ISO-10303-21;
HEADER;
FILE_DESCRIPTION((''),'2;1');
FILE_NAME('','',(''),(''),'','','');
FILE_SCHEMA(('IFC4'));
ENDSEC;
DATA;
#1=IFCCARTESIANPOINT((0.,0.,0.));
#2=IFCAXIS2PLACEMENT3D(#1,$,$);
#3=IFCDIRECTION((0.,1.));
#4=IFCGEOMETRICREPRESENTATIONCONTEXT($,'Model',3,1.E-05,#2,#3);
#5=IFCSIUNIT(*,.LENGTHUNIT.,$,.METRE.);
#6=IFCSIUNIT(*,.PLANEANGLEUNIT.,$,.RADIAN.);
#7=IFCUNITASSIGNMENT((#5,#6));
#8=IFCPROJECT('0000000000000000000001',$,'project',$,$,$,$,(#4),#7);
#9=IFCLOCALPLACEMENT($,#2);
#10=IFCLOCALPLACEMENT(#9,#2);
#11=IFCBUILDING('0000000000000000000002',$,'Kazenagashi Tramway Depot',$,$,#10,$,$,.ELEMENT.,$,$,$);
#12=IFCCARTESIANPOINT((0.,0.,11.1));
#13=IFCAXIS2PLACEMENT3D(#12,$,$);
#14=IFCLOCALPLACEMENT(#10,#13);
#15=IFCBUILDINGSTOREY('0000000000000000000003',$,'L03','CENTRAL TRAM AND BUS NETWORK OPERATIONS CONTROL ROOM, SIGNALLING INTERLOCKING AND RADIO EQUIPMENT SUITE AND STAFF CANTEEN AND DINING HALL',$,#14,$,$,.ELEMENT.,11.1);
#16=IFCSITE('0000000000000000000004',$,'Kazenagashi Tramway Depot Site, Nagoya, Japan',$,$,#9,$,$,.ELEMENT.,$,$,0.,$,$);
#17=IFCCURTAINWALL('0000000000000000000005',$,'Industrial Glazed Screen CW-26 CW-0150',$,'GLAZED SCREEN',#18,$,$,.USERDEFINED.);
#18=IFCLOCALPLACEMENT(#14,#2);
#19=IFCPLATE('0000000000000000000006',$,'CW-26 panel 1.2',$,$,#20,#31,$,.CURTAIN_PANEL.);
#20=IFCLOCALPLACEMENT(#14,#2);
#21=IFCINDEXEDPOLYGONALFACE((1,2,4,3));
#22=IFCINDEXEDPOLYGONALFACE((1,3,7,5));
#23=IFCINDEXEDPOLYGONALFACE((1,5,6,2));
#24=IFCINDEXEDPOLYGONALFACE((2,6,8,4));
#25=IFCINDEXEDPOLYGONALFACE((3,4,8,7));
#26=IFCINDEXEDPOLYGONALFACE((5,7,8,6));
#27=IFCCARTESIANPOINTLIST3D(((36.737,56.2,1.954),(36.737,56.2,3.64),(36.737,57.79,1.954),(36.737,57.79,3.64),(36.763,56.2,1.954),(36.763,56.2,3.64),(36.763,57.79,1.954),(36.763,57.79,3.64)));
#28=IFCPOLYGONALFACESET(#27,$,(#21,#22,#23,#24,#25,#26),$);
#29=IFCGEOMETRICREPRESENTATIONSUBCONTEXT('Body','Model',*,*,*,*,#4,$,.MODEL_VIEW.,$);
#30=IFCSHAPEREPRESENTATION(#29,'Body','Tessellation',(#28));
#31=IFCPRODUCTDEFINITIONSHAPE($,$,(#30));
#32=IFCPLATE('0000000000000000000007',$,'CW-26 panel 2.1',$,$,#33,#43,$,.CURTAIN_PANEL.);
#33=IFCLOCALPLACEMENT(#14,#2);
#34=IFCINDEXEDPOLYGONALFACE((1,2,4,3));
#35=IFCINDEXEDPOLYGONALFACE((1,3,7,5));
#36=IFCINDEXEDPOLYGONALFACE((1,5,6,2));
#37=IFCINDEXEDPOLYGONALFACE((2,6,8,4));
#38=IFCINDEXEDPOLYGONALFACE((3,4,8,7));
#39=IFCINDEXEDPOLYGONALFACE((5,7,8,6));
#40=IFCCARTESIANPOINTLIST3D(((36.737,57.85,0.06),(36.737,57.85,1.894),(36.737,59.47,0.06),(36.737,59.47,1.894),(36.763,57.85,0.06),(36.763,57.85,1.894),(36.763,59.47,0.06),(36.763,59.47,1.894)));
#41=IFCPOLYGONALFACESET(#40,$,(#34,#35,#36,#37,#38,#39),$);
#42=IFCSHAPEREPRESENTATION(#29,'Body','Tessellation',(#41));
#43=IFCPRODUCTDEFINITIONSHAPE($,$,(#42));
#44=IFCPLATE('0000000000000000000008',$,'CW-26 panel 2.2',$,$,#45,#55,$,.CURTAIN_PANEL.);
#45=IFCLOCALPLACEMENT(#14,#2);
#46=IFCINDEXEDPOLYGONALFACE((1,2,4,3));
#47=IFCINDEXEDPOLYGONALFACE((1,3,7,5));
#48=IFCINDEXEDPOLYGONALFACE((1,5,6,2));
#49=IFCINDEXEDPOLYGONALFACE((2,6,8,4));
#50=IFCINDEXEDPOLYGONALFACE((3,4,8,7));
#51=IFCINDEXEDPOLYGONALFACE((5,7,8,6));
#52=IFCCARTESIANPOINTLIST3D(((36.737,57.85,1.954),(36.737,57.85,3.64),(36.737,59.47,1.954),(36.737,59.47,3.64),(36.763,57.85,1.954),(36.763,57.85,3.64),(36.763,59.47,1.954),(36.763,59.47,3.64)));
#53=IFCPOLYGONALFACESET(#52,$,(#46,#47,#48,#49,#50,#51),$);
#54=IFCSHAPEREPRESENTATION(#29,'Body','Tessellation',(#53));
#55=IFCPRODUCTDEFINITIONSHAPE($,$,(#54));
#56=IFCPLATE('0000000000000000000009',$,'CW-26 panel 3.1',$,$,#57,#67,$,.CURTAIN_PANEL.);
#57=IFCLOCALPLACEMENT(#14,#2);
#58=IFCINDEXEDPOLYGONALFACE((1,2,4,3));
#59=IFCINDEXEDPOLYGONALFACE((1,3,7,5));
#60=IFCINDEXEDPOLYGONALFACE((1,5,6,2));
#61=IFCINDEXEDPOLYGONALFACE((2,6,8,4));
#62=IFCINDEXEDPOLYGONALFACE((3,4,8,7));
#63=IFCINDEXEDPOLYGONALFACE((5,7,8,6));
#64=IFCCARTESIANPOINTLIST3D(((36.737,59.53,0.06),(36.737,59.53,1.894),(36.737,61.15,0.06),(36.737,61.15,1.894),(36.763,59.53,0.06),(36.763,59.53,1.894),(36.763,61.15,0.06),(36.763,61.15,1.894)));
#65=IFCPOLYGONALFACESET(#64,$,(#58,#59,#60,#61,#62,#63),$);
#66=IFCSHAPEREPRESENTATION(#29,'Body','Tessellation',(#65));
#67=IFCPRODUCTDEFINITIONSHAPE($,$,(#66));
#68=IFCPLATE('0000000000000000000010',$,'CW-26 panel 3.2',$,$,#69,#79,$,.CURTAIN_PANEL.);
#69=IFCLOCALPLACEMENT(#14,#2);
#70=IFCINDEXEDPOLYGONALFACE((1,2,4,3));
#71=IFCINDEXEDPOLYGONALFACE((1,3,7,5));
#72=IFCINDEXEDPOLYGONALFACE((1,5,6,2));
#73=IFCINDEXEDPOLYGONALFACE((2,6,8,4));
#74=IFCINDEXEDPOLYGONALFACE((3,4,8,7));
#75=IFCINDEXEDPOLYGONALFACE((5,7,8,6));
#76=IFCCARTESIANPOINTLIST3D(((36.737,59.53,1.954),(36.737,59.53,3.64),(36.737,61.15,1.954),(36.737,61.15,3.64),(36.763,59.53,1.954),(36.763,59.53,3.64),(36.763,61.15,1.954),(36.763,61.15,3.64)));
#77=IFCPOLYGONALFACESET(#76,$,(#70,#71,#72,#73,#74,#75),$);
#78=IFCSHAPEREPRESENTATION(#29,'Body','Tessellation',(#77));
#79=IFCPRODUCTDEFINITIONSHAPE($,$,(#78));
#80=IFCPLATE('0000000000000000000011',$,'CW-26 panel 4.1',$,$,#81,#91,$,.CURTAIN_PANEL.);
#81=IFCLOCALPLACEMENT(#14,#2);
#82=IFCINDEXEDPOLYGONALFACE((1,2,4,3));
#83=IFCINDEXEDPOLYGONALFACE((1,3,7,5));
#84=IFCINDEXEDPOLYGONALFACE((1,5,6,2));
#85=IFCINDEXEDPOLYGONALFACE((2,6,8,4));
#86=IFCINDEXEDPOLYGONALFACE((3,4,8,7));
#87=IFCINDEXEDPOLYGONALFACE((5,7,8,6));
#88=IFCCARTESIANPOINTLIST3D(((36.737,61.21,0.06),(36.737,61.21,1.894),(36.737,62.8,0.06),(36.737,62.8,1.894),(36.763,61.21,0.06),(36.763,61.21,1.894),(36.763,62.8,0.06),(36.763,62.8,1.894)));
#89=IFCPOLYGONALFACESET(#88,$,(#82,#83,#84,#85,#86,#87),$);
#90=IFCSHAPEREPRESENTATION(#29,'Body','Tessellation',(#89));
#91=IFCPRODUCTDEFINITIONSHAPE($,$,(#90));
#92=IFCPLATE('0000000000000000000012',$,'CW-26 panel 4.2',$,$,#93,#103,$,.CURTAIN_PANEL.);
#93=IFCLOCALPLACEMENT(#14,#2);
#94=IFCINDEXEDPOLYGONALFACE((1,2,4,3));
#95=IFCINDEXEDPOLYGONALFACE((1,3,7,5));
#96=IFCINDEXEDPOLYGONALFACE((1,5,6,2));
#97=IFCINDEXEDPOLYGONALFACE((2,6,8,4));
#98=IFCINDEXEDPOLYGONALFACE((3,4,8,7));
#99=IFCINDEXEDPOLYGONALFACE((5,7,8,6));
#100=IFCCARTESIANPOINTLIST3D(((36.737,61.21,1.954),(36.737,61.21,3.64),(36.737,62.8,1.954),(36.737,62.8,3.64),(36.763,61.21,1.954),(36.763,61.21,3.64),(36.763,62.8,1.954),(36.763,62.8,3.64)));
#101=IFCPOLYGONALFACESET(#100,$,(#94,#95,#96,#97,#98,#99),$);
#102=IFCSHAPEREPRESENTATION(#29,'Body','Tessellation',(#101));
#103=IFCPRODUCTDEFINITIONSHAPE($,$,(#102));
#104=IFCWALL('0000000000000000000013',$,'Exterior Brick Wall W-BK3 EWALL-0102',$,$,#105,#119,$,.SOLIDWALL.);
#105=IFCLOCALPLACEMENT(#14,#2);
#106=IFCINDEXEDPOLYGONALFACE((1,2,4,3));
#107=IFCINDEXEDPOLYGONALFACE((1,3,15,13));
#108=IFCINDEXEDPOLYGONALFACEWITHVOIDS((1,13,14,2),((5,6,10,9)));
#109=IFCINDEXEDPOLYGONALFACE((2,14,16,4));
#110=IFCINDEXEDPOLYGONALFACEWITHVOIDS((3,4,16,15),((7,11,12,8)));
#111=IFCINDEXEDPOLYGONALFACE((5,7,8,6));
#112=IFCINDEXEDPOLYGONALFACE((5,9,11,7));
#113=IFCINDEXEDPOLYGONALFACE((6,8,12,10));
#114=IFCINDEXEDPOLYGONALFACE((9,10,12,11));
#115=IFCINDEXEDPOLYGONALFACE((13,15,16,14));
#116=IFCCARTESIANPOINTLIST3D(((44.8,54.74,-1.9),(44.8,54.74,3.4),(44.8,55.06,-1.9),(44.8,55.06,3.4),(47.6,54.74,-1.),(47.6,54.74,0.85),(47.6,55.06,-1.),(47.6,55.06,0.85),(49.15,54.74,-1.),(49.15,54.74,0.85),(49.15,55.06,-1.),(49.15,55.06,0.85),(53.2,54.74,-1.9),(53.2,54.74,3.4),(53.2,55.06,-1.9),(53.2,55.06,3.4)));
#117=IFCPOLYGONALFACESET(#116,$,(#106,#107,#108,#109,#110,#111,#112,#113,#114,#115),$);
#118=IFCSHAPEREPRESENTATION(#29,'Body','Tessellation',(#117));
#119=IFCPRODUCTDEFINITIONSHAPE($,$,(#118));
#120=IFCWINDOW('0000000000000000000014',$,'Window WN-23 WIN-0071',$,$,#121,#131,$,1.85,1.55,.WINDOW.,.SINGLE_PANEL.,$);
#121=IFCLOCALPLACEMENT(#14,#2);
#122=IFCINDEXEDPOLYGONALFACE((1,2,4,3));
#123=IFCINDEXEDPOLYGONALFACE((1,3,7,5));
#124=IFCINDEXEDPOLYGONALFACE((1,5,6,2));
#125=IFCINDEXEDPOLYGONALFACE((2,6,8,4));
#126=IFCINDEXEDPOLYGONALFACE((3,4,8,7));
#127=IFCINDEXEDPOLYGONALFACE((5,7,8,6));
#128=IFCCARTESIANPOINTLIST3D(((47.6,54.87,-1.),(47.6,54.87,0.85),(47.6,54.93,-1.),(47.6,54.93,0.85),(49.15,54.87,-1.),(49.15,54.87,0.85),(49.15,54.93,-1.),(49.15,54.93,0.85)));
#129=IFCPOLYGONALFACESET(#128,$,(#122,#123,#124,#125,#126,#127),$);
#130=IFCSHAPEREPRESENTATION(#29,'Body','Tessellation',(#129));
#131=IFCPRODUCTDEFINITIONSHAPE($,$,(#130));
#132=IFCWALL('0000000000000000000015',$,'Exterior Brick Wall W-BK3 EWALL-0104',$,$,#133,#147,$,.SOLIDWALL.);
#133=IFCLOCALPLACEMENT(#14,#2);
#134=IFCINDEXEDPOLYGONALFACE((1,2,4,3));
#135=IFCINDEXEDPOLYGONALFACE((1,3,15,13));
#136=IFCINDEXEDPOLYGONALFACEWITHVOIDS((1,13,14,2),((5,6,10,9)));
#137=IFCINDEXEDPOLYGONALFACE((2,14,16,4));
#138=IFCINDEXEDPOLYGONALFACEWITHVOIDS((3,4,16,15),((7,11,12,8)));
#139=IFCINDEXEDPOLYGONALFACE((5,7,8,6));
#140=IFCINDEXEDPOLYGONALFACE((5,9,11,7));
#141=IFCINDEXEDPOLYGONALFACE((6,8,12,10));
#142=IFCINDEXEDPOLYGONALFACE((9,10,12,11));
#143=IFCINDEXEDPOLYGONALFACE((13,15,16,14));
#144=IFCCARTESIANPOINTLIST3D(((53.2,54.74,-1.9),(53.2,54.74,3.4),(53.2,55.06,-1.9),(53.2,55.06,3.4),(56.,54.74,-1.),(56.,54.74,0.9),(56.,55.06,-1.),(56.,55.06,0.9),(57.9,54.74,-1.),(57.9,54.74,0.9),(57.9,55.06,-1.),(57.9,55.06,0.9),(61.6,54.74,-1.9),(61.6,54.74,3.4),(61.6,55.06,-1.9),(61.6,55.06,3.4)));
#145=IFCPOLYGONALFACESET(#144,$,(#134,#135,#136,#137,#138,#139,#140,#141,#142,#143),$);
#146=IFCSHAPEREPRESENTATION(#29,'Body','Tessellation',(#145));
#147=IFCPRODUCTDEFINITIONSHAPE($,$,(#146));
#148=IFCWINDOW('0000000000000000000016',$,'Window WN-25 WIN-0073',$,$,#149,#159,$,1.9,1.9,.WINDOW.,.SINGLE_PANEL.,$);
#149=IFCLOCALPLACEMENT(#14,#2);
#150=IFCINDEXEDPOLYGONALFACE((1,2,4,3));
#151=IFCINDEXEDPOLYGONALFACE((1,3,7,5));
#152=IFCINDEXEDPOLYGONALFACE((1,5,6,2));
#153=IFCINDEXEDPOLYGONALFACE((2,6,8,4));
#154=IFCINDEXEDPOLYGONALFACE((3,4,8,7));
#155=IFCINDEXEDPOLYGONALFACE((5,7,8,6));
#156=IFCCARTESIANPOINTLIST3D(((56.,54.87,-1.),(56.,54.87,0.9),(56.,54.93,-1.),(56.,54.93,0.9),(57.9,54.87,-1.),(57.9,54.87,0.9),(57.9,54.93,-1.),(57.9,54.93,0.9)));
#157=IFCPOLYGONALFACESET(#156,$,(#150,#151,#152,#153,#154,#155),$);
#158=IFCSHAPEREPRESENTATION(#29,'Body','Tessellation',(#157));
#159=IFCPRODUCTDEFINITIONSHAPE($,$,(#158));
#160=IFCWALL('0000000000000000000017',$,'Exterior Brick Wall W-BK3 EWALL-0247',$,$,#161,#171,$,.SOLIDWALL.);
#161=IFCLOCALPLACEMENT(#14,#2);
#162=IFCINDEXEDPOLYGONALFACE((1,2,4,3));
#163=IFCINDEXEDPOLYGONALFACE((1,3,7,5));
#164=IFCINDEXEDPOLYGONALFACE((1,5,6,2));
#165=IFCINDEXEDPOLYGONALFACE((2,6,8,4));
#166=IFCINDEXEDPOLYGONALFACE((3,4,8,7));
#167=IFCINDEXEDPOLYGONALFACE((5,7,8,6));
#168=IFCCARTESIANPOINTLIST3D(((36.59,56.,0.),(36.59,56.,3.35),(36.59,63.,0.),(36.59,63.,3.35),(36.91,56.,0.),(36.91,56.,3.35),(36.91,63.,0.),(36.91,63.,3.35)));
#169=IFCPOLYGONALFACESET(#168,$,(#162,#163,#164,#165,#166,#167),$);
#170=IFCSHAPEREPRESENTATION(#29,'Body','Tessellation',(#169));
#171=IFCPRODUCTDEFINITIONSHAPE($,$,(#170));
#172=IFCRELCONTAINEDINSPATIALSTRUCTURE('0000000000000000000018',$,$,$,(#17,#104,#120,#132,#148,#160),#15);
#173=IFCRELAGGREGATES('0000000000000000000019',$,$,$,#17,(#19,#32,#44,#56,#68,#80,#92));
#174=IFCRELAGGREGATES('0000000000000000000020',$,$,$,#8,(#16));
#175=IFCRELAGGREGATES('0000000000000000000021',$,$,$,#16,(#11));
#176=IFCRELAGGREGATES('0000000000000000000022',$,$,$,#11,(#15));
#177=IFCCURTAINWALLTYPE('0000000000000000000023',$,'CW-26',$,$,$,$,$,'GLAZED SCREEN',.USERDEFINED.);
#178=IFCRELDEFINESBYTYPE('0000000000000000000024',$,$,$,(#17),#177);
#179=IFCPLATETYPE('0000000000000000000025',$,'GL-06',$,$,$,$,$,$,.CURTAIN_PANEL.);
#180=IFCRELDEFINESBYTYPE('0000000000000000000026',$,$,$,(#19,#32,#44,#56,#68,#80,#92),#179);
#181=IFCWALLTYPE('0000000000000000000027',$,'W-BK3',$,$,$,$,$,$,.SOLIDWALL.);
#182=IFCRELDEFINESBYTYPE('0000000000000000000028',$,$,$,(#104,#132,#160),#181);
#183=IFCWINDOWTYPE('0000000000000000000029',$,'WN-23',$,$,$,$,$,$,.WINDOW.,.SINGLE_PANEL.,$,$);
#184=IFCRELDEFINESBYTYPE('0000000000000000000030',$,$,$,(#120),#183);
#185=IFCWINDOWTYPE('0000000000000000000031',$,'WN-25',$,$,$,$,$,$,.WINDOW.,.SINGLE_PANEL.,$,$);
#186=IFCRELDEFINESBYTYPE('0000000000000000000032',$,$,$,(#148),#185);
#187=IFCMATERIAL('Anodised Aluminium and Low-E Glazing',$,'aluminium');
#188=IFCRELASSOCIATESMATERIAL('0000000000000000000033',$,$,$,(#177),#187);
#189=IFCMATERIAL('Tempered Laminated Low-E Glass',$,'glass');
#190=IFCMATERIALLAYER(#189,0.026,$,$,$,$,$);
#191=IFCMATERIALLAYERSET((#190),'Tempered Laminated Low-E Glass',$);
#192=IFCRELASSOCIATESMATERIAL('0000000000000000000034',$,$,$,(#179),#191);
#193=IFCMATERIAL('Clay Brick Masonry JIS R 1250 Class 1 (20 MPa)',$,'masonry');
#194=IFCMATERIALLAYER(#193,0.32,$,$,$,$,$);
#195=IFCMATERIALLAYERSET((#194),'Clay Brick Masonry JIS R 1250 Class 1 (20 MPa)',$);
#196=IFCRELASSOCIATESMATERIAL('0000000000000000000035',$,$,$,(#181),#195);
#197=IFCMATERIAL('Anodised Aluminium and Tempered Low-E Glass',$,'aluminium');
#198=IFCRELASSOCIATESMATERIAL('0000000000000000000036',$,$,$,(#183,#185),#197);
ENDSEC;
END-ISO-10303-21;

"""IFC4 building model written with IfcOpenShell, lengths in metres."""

from ifc_helpers import new_model, si_unit, direction, frame, frame_2d, origin, origin_2d, place, context, subcontext, project, spatial, rectangle, extrude, material, layer, layer_set, type_object, element, fill, aggregate, save


model = new_model("IFC4")

# Units and contexts
model_context = context("Model", 3, precision=1e-05, world=origin(), true_north=direction((0.0, 1.0)))
body_context = subcontext(model_context, "Body", "Model", "MODEL_VIEW")
ifc_project = project(units=[si_unit("LENGTHUNIT", "METRE"), si_unit("PLANEANGLEUNIT", "RADIAN")], contexts=[model_context])

# Site, building, storey
site_placement = place(None, origin())
site = spatial("IfcSite", under=ifc_project, at=site_placement, Name="Kazenagashi Tramway Depot Site, Nagoya, Japan", CompositionType="ELEMENT", RefElevation=0.0)
building_placement = place(site_placement, origin())
building = spatial("IfcBuilding", under=site, at=building_placement, Name="Kazenagashi Tramway Depot", CompositionType="ELEMENT")
storey_placement = place(building_placement, frame((0.0, 0.0, 11.1)))
storey = spatial("IfcBuildingStorey", under=building, at=storey_placement, Name="L03", Description="CENTRAL TRAM AND BUS NETWORK OPERATIONS CONTROL ROOM, SIGNALLING INTERLOCKING AND RADIO EQUIPMENT SUITE AND STAFF CANTEEN AND DINING HALL", CompositionType="ELEMENT", Elevation=11.1)

# Curtain wall
ifc_material_1 = material(Name="Anodised Aluminium and Low-E Glazing", Category="aluminium")
curtain_wall_type = type_object("IfcCurtainWallType", Name="CW-26", ElementType="GLAZED SCREEN", PredefinedType="USERDEFINED", material=ifc_material_1)
curtain_wall_1_placement = place(storey_placement, origin())
curtain_wall_1 = element("IfcCurtainWall", 1, at=curtain_wall_1_placement, inside=storey, type_object=curtain_wall_type, Name="Industrial Glazed Screen CW-26 CW-0150", ObjectType="GLAZED SCREEN", PredefinedType="USERDEFINED")

# Shared definitions
ifc_material_2 = material(Name="Tempered Laminated Low-E Glass", Category="glass")

# Plates
ifc_layer_1 = layer(ifc_material_2, 0.026)
ifc_layer_set_1 = layer_set([ifc_layer_1], Name="Tempered Laminated Low-E Glass")
plate_type_1 = type_object("IfcPlateType", Name="GL-06", PredefinedType="CURTAIN_PANEL", material=ifc_layer_set_1)
plate_1_placement = place(storey_placement, frame((36.75, 56.995, 1.954), z_axis=(0.0, 0.0, 1.0), x_axis=(0.0, 1.0, 0.0)))
plate_1 = element("IfcPlate", 2, at=plate_1_placement, type_object=plate_type_1, Name="CW-26 panel 1.2", PredefinedType="CURTAIN_PANEL", context=body_context, shape_type="SweptSolid", body=[
    extrude(rectangle(XDim=1.59, YDim=0.026, at=origin_2d()), origin(), (0.0, 0.0, 1.0), 1.686),
])
plate_2_placement = place(storey_placement, frame((36.75, 58.66, 0.06), z_axis=(0.0, 0.0, 1.0), x_axis=(0.0, 1.0, 0.0)))
plate_2 = element("IfcPlate", 3, at=plate_2_placement, type_object=plate_type_1, Name="CW-26 panel 2.1", PredefinedType="CURTAIN_PANEL", context=body_context, shape_type="SweptSolid", body=[
    extrude(rectangle(XDim=1.62, YDim=0.026, at=origin_2d()), origin(), (0.0, 0.0, 1.0), 1.834),
])
plate_3_placement = place(storey_placement, frame((36.75, 58.66, 1.954), z_axis=(0.0, 0.0, 1.0), x_axis=(0.0, 1.0, 0.0)))
plate_3 = element("IfcPlate", 4, at=plate_3_placement, type_object=plate_type_1, Name="CW-26 panel 2.2", PredefinedType="CURTAIN_PANEL", context=body_context, shape_type="SweptSolid", body=[
    extrude(rectangle(XDim=1.62, YDim=0.026, at=origin_2d()), origin(), (0.0, 0.0, 1.0), 1.686),
])
plate_4_placement = place(storey_placement, frame((36.75, 60.34, 0.06), z_axis=(0.0, 0.0, 1.0), x_axis=(0.0, 1.0, 0.0)))
plate_4 = element("IfcPlate", 5, at=plate_4_placement, type_object=plate_type_1, Name="CW-26 panel 3.1", PredefinedType="CURTAIN_PANEL", context=body_context, shape_type="SweptSolid", body=[
    extrude(rectangle(XDim=1.62, YDim=0.026, at=origin_2d()), origin(), (0.0, 0.0, 1.0), 1.834),
])
plate_5_placement = place(storey_placement, frame((36.75, 60.34, 1.954), z_axis=(0.0, 0.0, 1.0), x_axis=(0.0, 1.0, 0.0)))
plate_5 = element("IfcPlate", 6, at=plate_5_placement, type_object=plate_type_1, Name="CW-26 panel 3.2", PredefinedType="CURTAIN_PANEL", context=body_context, shape_type="SweptSolid", body=[
    extrude(rectangle(XDim=1.62, YDim=0.026, at=origin_2d()), origin(), (0.0, 0.0, 1.0), 1.686),
])
plate_6_placement = place(storey_placement, frame((36.75, 62.005, 0.06), z_axis=(0.0, 0.0, 1.0), x_axis=(0.0, 1.0, 0.0)))
plate_6 = element("IfcPlate", 7, at=plate_6_placement, type_object=plate_type_1, Name="CW-26 panel 4.1", PredefinedType="CURTAIN_PANEL", context=body_context, shape_type="SweptSolid", body=[
    extrude(rectangle(XDim=1.59, YDim=0.026, at=origin_2d()), origin(), (0.0, 0.0, 1.0), 1.834),
])
plate_7_placement = place(storey_placement, frame((36.75, 62.005, 1.954), z_axis=(0.0, 0.0, 1.0), x_axis=(0.0, 1.0, 0.0)))
plate_7 = element("IfcPlate", 8, at=plate_7_placement, type_object=plate_type_1, Name="CW-26 panel 4.2", PredefinedType="CURTAIN_PANEL", context=body_context, shape_type="SweptSolid", body=[
    extrude(rectangle(XDim=1.59, YDim=0.026, at=origin_2d()), origin(), (0.0, 0.0, 1.0), 1.686),
])
aggregate(curtain_wall_1, [plate_1, plate_2, plate_3, plate_4, plate_5, plate_6, plate_7])

# Walls, openings, windows
ifc_material_3 = material(Name="Clay Brick Masonry JIS R 1250 Class 1 (20 MPa)", Category="masonry")
ifc_layer_2 = layer(ifc_material_3, 0.32)
ifc_layer_set_2 = layer_set([ifc_layer_2], Name="Clay Brick Masonry JIS R 1250 Class 1 (20 MPa)")
wall_type = type_object("IfcWallType", Name="W-BK3", PredefinedType="SOLIDWALL", material=ifc_layer_set_2)
wall_1_placement = place(storey_placement, frame((44.8, 54.9, -1.9), z_axis=(0.0, 0.0, 1.0), x_axis=(1.0, 0.0, 0.0)))
wall_1 = element("IfcWall", 9, at=wall_1_placement, inside=storey, type_object=wall_type, Name="Exterior Brick Wall W-BK3 EWALL-0102", PredefinedType="SOLIDWALL", context=body_context, shape_type="SweptSolid", body=[
    extrude(rectangle(XDim=8.4, YDim=0.32, at=frame_2d((4.2, 0.0))), origin(), (0.0, 0.0, 1.0), 5.3),
])
opening_1_placement = place(wall_1_placement, frame((2.8, 0.0, 0.9)))
opening_1 = element("IfcOpeningElement", 10, at=opening_1_placement, cuts=wall_1, PredefinedType="OPENING", context=body_context, shape_type="SweptSolid", body=[
    extrude(rectangle(XDim=1.55, YDim=1.85, at=frame_2d((0.775, 0.925))), frame((0.0, 0.17, 0.0), z_axis=(0.0, -1.0, 0.0), x_axis=(1.0, 0.0, 0.0)), (0.0, 0.0, 1.0), 0.34),
])
ifc_material_4 = material(Name="Anodised Aluminium and Tempered Low-E Glass", Category="aluminium")
window_type_1 = type_object("IfcWindowType", Name="WN-23", PartitioningType="SINGLE_PANEL", PredefinedType="WINDOW", material=ifc_material_4)
window_1_placement = place(opening_1_placement, origin())
window_1 = element("IfcWindow", 11, at=window_1_placement, inside=storey, type_object=window_type_1, Name="Window WN-23 WIN-0071", OverallHeight=1.85, OverallWidth=1.55, PartitioningType="SINGLE_PANEL", PredefinedType="WINDOW", context=body_context, shape_type="SweptSolid", body=[
    extrude(rectangle(XDim=1.55, YDim=1.85, at=frame_2d((0.775, 0.925))), frame((0.0, 0.03, 0.0), z_axis=(0.0, -1.0, 0.0), x_axis=(1.0, 0.0, 0.0)), (0.0, 0.0, 1.0), 0.06),
])
fill(opening_1, window_1)
wall_2_placement = place(storey_placement, frame((53.2, 54.9, -1.9), z_axis=(0.0, 0.0, 1.0), x_axis=(1.0, 0.0, 0.0)))
wall_2 = element("IfcWall", 12, at=wall_2_placement, inside=storey, type_object=wall_type, Name="Exterior Brick Wall W-BK3 EWALL-0104", PredefinedType="SOLIDWALL", context=body_context, shape_type="SweptSolid", body=[
    extrude(rectangle(XDim=8.4, YDim=0.32, at=frame_2d((4.2, 0.0))), origin(), (0.0, 0.0, 1.0), 5.3),
])
opening_2_placement = place(wall_2_placement, frame((2.8, 0.0, 0.9)))
opening_2 = element("IfcOpeningElement", 13, at=opening_2_placement, cuts=wall_2, PredefinedType="OPENING", context=body_context, shape_type="SweptSolid", body=[
    extrude(rectangle(XDim=1.9, YDim=1.9, at=frame_2d((0.95, 0.95))), frame((0.0, 0.17, 0.0), z_axis=(0.0, -1.0, 0.0), x_axis=(1.0, 0.0, 0.0)), (0.0, 0.0, 1.0), 0.34),
])
window_type_2 = type_object("IfcWindowType", Name="WN-25", PartitioningType="SINGLE_PANEL", PredefinedType="WINDOW", material=ifc_material_4)
window_2_placement = place(opening_2_placement, origin())
window_2 = element("IfcWindow", 14, at=window_2_placement, inside=storey, type_object=window_type_2, Name="Window WN-25 WIN-0073", OverallHeight=1.9, OverallWidth=1.9, PartitioningType="SINGLE_PANEL", PredefinedType="WINDOW", context=body_context, shape_type="SweptSolid", body=[
    extrude(rectangle(XDim=1.9, YDim=1.9, at=frame_2d((0.95, 0.95))), frame((0.0, 0.03, 0.0), z_axis=(0.0, -1.0, 0.0), x_axis=(1.0, 0.0, 0.0)), (0.0, 0.0, 1.0), 0.06),
])
fill(opening_2, window_2)

# Wall
wall_3_placement = place(storey_placement, frame((36.75, 56.0, 0.0), z_axis=(0.0, 0.0, 1.0), x_axis=(0.0, 1.0, 0.0)))
element("IfcWall", 15, at=wall_3_placement, inside=storey, type_object=wall_type, Name="Exterior Brick Wall W-BK3 EWALL-0247", PredefinedType="SOLIDWALL", context=body_context, shape_type="SweptSolid", body=[
    extrude(rectangle(XDim=7.0, YDim=0.32, at=frame_2d((3.5, 0.0))), origin(), (0.0, 0.0, 1.0), 3.35),
])

save(model, "model.ifc")
